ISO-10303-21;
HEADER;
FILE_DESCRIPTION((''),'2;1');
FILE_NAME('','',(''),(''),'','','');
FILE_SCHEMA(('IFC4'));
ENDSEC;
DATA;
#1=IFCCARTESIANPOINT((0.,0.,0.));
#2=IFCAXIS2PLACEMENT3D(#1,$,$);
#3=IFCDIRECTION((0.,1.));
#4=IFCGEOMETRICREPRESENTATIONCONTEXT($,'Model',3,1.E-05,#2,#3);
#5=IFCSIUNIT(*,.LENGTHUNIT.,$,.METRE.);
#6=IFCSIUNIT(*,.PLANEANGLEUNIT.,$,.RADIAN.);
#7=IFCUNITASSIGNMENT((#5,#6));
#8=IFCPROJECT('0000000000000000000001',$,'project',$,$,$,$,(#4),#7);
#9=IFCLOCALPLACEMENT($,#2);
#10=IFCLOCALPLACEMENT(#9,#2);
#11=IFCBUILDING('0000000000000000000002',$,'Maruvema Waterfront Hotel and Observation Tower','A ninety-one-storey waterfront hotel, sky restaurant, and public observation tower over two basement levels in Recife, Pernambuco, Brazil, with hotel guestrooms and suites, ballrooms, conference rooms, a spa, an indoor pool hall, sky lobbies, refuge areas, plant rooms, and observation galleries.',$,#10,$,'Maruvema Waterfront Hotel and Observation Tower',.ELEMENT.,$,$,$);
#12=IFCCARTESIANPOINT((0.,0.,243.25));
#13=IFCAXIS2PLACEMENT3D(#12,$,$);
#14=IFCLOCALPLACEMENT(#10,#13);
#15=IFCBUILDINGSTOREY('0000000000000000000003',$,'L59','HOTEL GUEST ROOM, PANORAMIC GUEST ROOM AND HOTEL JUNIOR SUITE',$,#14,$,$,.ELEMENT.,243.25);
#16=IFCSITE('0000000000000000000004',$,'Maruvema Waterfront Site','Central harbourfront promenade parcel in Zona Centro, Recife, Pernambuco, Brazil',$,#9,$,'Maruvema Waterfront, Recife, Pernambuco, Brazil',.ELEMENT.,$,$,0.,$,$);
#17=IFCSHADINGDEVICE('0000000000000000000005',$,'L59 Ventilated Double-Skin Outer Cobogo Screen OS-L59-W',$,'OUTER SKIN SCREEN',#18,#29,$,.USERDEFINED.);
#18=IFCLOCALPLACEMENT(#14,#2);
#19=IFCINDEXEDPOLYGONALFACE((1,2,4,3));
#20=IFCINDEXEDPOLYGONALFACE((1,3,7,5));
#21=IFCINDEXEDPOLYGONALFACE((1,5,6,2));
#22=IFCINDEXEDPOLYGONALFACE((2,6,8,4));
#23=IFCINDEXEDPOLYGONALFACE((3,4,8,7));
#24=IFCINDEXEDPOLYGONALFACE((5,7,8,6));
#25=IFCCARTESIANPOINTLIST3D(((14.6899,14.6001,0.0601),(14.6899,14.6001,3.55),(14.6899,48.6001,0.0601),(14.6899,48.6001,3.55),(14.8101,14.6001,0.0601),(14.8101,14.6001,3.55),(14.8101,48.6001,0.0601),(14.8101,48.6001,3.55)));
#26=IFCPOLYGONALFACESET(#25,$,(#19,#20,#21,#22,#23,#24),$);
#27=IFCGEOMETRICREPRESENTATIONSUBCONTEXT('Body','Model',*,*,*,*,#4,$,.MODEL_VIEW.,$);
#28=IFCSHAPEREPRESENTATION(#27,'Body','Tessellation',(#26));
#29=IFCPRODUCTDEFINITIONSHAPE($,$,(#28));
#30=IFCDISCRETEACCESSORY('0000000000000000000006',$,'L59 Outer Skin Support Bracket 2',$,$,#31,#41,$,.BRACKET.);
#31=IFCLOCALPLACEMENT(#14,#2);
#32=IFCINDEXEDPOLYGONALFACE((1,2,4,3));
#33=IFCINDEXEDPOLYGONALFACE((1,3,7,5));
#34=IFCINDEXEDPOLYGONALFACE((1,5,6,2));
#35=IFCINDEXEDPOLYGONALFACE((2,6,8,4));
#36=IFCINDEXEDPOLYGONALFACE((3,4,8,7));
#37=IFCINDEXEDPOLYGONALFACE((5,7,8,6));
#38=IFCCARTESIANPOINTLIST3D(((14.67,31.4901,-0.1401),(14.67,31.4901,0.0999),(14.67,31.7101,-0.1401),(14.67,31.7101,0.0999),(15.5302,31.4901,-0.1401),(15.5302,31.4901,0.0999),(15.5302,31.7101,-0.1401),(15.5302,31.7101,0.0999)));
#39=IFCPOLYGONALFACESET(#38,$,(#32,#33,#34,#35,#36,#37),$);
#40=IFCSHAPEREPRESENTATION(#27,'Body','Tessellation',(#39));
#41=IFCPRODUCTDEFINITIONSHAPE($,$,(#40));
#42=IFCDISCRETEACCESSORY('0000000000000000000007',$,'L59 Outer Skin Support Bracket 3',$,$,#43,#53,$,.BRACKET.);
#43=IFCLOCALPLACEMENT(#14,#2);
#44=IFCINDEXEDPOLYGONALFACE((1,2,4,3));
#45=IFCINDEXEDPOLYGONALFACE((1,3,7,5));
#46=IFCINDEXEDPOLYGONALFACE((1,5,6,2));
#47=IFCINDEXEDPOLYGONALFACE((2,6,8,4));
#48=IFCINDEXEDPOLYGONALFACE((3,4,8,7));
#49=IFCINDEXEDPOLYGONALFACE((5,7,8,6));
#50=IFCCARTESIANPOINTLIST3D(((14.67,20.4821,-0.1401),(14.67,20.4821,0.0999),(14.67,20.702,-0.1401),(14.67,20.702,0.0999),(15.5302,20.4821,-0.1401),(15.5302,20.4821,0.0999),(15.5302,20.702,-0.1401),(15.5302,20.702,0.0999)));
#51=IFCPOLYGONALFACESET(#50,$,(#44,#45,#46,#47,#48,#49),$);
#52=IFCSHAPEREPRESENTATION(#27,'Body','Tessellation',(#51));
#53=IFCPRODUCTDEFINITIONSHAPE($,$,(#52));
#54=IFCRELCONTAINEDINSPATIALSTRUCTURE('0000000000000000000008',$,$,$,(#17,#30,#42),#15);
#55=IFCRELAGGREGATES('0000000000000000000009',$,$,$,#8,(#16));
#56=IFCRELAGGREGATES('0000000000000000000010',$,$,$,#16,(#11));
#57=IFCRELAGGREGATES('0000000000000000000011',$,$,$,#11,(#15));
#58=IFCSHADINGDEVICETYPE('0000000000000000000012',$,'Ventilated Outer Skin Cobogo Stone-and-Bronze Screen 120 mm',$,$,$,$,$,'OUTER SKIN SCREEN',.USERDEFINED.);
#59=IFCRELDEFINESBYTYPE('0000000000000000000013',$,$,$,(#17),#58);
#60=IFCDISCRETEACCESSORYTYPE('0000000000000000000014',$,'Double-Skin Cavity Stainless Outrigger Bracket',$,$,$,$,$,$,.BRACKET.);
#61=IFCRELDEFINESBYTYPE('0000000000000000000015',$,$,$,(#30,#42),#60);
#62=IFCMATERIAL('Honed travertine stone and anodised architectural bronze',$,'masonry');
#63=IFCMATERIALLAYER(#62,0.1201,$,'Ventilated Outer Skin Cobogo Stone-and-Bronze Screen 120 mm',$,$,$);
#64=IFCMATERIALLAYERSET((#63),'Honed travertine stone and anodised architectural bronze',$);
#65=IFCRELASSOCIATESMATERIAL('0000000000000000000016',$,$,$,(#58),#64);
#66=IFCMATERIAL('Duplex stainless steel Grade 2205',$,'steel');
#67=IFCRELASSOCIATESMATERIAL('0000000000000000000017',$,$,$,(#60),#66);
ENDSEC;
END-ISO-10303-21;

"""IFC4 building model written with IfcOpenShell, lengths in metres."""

from ifc_helpers import new_model, si_unit, direction, frame, origin, origin_2d, place, context, subcontext, project, spatial, rectangle, extrude, material, layer, layer_set, type_object, element, save


model = new_model("IFC4")

# Units and contexts
model_context = context("Model", 3, precision=1e-05, world=origin(), true_north=direction((0.0, 1.0)))
body_context = subcontext(model_context, "Body", "Model", "MODEL_VIEW")
ifc_project = project(units=[si_unit("LENGTHUNIT", "METRE"), si_unit("PLANEANGLEUNIT", "RADIAN")], contexts=[model_context])

# Site, building, storey
site_placement = place(None, origin())
site = spatial("IfcSite", under=ifc_project, at=site_placement, Name="Maruvema Waterfront Site", Description="Central harbourfront promenade parcel in Zona Centro, Recife, Pernambuco, Brazil", LongName="Maruvema Waterfront, Recife, Pernambuco, Brazil", CompositionType="ELEMENT", RefElevation=0.0)
building_placement = place(site_placement, origin())
building = spatial("IfcBuilding", under=site, at=building_placement, Name="Maruvema Waterfront Hotel and Observation Tower", Description="A ninety-one-storey waterfront hotel, sky restaurant, and public observation tower over two basement levels in Recife, Pernambuco, Brazil, with hotel guestrooms and suites, ballrooms, conference rooms, a spa, an indoor pool hall, sky lobbies, refuge areas, plant rooms, and observation galleries.", LongName="Maruvema Waterfront Hotel and Observation Tower", CompositionType="ELEMENT")
storey_placement = place(building_placement, frame((0.0, 0.0, 243.25)))
storey = spatial("IfcBuildingStorey", under=building, at=storey_placement, Name="L59", Description="HOTEL GUEST ROOM, PANORAMIC GUEST ROOM AND HOTEL JUNIOR SUITE", CompositionType="ELEMENT", Elevation=243.25)

# Shading device
ifc_material_1 = material(Name="Honed travertine stone and anodised architectural bronze", Category="masonry")
ifc_layer_1 = layer(ifc_material_1, 0.1201, Name="Ventilated Outer Skin Cobogo Stone-and-Bronze Screen 120 mm")
ifc_layer_set_1 = layer_set([ifc_layer_1], Name="Honed travertine stone and anodised architectural bronze")
shading_device_type = type_object("IfcShadingDeviceType", Name="Ventilated Outer Skin Cobogo Stone-and-Bronze Screen 120 mm", ElementType="OUTER SKIN SCREEN", PredefinedType="USERDEFINED", material=ifc_layer_set_1)
shading_device_placement = place(storey_placement, frame((14.75, 31.6001, 0.0601), z_axis=(0.0, 0.0, 1.0), x_axis=(0.0, -1.0, 0.0)))
element("IfcShadingDevice", 1, at=shading_device_placement, inside=storey, type_object=shading_device_type, Name="L59 Ventilated Double-Skin Outer Cobogo Screen OS-L59-W", ObjectType="OUTER SKIN SCREEN", PredefinedType="USERDEFINED", context=body_context, shape_type="SweptSolid", body=[
    extrude(rectangle(XDim=34.0, YDim=0.1201, at=origin_2d()), origin(), (0.0, 0.0, 1.0), 3.49),
])

# Discrete accessories
ifc_material_2 = material(Name="Duplex stainless steel Grade 2205", Category="steel")
discrete_accessory_type = type_object("IfcDiscreteAccessoryType", Name="Double-Skin Cavity Stainless Outrigger Bracket", PredefinedType="BRACKET", material=ifc_material_2)
for number, where, z_axis, x_axis, name in (
    (2, (15.1001, 31.6001, -0.1401), (0.0, 0.0, 1.0), (0.0, -1.0, 0.0), "L59 Outer Skin Support Bracket 2"),
    (3, (15.1001, 20.592, -0.1401), (0.0, 0.0, 1.0), (0.0, -1.0, 0.0), "L59 Outer Skin Support Bracket 3"),
):
    element("IfcDiscreteAccessory", number, at=place(storey_placement, frame(where, z_axis=z_axis, x_axis=x_axis)), inside=storey, type_object=discrete_accessory_type, Name=name, PredefinedType="BRACKET", context=body_context, shape_type="SweptSolid", body=[
        extrude(rectangle(XDim=0.22, YDim=0.8601, at=origin_2d()), origin(), (0.0, 0.0, 1.0), 0.24),
    ])

save(model, "model.ifc")
